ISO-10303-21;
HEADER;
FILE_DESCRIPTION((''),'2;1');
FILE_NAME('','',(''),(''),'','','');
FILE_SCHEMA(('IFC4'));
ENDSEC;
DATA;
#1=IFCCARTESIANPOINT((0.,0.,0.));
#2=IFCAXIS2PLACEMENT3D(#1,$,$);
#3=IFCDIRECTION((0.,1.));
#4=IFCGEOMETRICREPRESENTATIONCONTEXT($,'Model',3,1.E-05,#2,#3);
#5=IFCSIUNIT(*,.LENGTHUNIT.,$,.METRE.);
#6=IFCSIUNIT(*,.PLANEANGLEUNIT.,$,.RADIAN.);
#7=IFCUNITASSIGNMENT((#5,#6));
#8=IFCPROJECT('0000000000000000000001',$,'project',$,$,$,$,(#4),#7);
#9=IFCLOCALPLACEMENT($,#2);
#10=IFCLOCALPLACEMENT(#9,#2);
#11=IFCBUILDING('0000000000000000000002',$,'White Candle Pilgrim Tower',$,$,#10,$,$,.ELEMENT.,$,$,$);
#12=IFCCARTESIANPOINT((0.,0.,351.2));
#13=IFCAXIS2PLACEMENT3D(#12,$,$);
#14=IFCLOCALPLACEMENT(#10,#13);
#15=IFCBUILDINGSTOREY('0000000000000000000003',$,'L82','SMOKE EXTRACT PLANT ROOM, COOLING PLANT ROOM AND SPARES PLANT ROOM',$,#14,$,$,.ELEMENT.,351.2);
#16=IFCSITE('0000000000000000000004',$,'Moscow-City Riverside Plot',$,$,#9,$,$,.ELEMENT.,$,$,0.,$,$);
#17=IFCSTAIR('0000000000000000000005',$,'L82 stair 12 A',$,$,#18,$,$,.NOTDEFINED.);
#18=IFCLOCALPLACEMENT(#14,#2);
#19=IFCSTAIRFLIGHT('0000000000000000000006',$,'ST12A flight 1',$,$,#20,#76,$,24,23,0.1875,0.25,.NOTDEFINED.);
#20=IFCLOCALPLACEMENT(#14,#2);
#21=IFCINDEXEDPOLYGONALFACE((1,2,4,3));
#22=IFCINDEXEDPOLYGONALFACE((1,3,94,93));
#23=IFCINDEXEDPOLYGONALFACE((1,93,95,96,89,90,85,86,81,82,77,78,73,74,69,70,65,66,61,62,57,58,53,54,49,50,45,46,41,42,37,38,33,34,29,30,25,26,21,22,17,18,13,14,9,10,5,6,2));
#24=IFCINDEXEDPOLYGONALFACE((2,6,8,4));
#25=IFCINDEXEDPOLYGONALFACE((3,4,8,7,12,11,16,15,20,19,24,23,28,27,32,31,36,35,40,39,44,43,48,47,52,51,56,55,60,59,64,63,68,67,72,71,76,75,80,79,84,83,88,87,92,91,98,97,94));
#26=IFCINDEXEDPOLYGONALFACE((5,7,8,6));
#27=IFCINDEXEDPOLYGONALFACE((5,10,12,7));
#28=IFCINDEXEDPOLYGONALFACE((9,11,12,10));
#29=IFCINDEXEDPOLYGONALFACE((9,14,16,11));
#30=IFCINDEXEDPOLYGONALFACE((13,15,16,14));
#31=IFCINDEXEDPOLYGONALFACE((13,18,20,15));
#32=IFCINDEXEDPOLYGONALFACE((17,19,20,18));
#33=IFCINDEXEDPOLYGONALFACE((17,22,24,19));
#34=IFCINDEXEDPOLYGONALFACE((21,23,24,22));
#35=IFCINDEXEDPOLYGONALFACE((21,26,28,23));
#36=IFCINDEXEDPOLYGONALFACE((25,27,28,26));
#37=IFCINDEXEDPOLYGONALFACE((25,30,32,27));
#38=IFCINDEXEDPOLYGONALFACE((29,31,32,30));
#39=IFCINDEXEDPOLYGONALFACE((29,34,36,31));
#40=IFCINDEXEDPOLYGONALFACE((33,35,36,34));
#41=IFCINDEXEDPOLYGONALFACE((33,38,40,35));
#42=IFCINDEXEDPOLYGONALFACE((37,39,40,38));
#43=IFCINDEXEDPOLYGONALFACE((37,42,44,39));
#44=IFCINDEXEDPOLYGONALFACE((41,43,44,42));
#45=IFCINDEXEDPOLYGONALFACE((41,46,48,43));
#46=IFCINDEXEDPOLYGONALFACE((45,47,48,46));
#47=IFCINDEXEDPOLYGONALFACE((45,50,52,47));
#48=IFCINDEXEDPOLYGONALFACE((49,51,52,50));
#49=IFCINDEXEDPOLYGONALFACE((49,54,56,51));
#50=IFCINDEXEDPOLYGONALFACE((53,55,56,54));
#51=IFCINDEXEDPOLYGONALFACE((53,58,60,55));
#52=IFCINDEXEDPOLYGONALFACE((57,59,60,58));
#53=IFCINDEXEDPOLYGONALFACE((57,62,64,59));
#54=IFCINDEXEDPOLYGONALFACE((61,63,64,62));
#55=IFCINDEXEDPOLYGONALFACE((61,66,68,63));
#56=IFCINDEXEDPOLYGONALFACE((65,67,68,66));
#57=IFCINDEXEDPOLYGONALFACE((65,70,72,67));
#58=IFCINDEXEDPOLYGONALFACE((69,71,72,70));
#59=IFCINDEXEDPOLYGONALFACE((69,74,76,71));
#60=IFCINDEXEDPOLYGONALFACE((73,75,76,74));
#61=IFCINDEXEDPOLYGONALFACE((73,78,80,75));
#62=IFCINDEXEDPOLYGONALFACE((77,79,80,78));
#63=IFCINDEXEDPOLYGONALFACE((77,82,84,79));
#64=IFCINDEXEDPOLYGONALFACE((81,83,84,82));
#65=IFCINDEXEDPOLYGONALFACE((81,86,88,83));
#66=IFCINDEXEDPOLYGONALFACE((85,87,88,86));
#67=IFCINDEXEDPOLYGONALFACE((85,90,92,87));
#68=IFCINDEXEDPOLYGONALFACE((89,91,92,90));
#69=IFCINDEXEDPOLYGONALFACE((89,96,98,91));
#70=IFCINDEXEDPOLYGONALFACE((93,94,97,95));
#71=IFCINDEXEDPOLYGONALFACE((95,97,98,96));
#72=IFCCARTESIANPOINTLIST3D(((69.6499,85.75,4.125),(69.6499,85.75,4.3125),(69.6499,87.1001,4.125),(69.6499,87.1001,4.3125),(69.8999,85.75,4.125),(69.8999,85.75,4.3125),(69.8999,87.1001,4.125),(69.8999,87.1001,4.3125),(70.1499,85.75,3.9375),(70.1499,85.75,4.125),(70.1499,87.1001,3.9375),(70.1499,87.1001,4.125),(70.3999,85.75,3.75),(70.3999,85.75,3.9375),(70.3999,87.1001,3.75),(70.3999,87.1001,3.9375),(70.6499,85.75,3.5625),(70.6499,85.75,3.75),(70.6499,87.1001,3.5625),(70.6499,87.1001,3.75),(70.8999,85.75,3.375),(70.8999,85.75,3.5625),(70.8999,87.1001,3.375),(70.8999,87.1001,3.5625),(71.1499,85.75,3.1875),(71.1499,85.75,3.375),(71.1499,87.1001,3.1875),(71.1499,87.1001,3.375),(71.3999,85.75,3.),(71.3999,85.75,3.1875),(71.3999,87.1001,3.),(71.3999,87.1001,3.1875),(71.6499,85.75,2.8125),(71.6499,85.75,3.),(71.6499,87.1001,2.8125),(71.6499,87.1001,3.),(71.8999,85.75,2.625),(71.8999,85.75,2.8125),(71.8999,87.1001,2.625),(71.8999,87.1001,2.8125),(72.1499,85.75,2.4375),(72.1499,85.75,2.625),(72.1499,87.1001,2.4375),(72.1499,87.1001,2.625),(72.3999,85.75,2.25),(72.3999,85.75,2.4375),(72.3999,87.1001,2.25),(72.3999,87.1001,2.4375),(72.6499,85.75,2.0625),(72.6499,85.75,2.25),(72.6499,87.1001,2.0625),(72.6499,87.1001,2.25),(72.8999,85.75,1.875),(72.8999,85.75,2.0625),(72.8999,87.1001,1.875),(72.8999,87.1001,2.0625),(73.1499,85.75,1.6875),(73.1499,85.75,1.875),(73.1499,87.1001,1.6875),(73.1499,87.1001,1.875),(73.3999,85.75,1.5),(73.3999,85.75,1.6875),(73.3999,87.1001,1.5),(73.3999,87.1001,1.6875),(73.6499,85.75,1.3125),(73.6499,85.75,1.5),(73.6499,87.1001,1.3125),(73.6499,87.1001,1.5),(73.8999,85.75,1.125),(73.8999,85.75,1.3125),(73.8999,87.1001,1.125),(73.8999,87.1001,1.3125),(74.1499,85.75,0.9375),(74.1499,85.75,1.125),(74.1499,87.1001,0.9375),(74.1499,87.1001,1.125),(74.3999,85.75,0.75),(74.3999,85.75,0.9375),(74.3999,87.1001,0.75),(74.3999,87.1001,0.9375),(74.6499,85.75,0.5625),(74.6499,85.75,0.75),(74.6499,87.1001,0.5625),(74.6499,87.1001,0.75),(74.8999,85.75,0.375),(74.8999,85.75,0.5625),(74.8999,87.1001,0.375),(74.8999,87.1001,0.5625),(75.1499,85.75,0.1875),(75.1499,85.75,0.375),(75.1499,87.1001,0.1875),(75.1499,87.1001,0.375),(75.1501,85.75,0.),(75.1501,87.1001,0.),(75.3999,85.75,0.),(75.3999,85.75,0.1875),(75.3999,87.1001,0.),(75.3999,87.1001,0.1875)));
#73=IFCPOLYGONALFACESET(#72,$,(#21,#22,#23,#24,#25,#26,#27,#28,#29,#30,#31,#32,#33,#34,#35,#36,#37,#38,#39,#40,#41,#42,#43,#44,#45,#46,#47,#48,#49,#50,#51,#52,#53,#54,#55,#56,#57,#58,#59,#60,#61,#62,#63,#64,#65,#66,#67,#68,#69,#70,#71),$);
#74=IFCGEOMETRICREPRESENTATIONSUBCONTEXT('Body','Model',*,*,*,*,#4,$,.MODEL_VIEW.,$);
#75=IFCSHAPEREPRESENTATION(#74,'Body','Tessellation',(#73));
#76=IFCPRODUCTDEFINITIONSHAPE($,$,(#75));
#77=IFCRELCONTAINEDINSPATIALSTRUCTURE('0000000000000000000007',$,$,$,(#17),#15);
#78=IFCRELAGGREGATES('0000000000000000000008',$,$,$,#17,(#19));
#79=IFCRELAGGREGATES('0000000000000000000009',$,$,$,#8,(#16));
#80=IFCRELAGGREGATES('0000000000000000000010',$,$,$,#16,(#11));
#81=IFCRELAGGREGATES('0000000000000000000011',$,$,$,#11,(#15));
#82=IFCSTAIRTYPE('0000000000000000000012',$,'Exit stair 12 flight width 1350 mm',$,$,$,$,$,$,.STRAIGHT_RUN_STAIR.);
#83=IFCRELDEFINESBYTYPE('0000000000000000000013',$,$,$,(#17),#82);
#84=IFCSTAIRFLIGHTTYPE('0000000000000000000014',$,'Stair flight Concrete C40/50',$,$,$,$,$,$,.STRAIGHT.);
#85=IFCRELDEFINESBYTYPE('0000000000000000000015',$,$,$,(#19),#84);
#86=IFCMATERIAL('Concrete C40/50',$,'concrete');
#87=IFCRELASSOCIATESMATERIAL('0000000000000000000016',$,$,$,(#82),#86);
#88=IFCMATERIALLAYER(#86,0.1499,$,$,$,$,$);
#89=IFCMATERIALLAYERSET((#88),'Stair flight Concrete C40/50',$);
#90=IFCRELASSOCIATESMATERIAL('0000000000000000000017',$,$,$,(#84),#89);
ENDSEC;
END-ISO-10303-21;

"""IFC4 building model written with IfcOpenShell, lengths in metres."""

from ifc_helpers import new_model, si_unit, direction, frame, origin, place, context, subcontext, project, spatial, polyline, outline, extrude, material, layer, layer_set, type_object, element, aggregate, save


model = new_model("IFC4")

# Units and contexts
model_context = context("Model", 3, precision=1e-05, world=origin(), true_north=direction((0.0, 1.0)))
body_context = subcontext(model_context, "Body", "Model", "MODEL_VIEW")
ifc_project = project(units=[si_unit("LENGTHUNIT", "METRE"), si_unit("PLANEANGLEUNIT", "RADIAN")], contexts=[model_context])

# Site, building, storey
site_placement = place(None, origin())
site = spatial("IfcSite", under=ifc_project, at=site_placement, Name="Moscow-City Riverside Plot", CompositionType="ELEMENT", RefElevation=0.0)
building_placement = place(site_placement, origin())
building = spatial("IfcBuilding", under=site, at=building_placement, Name="White Candle Pilgrim Tower", CompositionType="ELEMENT")
storey_placement = place(building_placement, frame((0.0, 0.0, 351.2)))
storey = spatial("IfcBuildingStorey", under=building, at=storey_placement, Name="L82", Description="SMOKE EXTRACT PLANT ROOM, COOLING PLANT ROOM AND SPARES PLANT ROOM", CompositionType="ELEMENT", Elevation=351.2)

# Shared definitions
ifc_material_1 = material(Name="Concrete C40/50", Category="concrete")

# Stair, stair flight
stair_type = type_object("IfcStairType", Name="Exit stair 12 flight width 1350 mm", PredefinedType="STRAIGHT_RUN_STAIR", material=ifc_material_1)
ifc_layer_1 = layer(ifc_material_1, 0.1499)
ifc_layer_set_1 = layer_set([ifc_layer_1], Name="Stair flight Concrete C40/50")
stair_flight_type = type_object("IfcStairFlightType", Name="Stair flight Concrete C40/50", PredefinedType="STRAIGHT", material=ifc_layer_set_1)
stair_1_placement = place(storey_placement, origin())
stair_1 = element("IfcStair", 1, at=stair_1_placement, inside=storey, type_object=stair_type, Name="L82 stair 12 A", PredefinedType="NOTDEFINED")
stair_flight_1_placement = place(storey_placement, frame((75.3999, 86.425, 0.0), z_axis=(0.0, 0.0, 1.0), x_axis=(-1.0, 0.0, 0.0)))
stair_flight_1 = element("IfcStairFlight", 2, at=stair_flight_1_placement, type_object=stair_flight_type, Name="ST12A flight 1", NumberOfRisers=24, NumberOfTreads=23, PredefinedType="NOTDEFINED", RiserHeight=0.1875, TreadLength=0.25, context=body_context, shape_type="SweptSolid", body=[
    extrude(outline(polyline([(0.0, 0.0), (0.0, 0.1875), (0.25, 0.1875), (0.25, 0.375), (0.5, 0.375), (0.5, 0.5625), (0.75, 0.5625), (0.75, 0.75), (1.0, 0.75), (1.0, 0.9375), (1.25, 0.9375), (1.25, 1.125), (1.5, 1.125), (1.5, 1.3125), (1.75, 1.3125), (1.75, 1.5), (2.0, 1.5), (2.0, 1.6875), (2.25, 1.6875), (2.25, 1.875), (2.5, 1.875), (2.5, 2.0625), (2.75, 2.0625), (2.75, 2.25), (3.0, 2.25), (3.0, 2.4375), (3.25, 2.4375), (3.25, 2.625), (3.5, 2.625), (3.5, 2.8125), (3.75, 2.8125), (3.75, 3.0), (4.0, 3.0), (4.0, 3.1875), (4.25, 3.1875), (4.25, 3.375), (4.5, 3.375), (4.5, 3.5625), (4.75, 3.5625), (4.75, 3.75), (5.0, 3.75), (5.0, 3.9375), (5.25, 3.9375), (5.25, 4.125), (5.5, 4.125), (5.5, 4.3125), (5.75, 4.3125), (5.75, 4.5), (5.75, 4.125), (0.2498, 0.0), (0.0, 0.0)])), frame((0.0, 0.675, 0.0), z_axis=(0.0, -1.0, 0.0), x_axis=(1.0, 0.0, 0.0)), (0.0, 0.0, 1.0), 1.3501),
])
aggregate(stair_1, [stair_flight_1])

save(model, "model.ifc")
